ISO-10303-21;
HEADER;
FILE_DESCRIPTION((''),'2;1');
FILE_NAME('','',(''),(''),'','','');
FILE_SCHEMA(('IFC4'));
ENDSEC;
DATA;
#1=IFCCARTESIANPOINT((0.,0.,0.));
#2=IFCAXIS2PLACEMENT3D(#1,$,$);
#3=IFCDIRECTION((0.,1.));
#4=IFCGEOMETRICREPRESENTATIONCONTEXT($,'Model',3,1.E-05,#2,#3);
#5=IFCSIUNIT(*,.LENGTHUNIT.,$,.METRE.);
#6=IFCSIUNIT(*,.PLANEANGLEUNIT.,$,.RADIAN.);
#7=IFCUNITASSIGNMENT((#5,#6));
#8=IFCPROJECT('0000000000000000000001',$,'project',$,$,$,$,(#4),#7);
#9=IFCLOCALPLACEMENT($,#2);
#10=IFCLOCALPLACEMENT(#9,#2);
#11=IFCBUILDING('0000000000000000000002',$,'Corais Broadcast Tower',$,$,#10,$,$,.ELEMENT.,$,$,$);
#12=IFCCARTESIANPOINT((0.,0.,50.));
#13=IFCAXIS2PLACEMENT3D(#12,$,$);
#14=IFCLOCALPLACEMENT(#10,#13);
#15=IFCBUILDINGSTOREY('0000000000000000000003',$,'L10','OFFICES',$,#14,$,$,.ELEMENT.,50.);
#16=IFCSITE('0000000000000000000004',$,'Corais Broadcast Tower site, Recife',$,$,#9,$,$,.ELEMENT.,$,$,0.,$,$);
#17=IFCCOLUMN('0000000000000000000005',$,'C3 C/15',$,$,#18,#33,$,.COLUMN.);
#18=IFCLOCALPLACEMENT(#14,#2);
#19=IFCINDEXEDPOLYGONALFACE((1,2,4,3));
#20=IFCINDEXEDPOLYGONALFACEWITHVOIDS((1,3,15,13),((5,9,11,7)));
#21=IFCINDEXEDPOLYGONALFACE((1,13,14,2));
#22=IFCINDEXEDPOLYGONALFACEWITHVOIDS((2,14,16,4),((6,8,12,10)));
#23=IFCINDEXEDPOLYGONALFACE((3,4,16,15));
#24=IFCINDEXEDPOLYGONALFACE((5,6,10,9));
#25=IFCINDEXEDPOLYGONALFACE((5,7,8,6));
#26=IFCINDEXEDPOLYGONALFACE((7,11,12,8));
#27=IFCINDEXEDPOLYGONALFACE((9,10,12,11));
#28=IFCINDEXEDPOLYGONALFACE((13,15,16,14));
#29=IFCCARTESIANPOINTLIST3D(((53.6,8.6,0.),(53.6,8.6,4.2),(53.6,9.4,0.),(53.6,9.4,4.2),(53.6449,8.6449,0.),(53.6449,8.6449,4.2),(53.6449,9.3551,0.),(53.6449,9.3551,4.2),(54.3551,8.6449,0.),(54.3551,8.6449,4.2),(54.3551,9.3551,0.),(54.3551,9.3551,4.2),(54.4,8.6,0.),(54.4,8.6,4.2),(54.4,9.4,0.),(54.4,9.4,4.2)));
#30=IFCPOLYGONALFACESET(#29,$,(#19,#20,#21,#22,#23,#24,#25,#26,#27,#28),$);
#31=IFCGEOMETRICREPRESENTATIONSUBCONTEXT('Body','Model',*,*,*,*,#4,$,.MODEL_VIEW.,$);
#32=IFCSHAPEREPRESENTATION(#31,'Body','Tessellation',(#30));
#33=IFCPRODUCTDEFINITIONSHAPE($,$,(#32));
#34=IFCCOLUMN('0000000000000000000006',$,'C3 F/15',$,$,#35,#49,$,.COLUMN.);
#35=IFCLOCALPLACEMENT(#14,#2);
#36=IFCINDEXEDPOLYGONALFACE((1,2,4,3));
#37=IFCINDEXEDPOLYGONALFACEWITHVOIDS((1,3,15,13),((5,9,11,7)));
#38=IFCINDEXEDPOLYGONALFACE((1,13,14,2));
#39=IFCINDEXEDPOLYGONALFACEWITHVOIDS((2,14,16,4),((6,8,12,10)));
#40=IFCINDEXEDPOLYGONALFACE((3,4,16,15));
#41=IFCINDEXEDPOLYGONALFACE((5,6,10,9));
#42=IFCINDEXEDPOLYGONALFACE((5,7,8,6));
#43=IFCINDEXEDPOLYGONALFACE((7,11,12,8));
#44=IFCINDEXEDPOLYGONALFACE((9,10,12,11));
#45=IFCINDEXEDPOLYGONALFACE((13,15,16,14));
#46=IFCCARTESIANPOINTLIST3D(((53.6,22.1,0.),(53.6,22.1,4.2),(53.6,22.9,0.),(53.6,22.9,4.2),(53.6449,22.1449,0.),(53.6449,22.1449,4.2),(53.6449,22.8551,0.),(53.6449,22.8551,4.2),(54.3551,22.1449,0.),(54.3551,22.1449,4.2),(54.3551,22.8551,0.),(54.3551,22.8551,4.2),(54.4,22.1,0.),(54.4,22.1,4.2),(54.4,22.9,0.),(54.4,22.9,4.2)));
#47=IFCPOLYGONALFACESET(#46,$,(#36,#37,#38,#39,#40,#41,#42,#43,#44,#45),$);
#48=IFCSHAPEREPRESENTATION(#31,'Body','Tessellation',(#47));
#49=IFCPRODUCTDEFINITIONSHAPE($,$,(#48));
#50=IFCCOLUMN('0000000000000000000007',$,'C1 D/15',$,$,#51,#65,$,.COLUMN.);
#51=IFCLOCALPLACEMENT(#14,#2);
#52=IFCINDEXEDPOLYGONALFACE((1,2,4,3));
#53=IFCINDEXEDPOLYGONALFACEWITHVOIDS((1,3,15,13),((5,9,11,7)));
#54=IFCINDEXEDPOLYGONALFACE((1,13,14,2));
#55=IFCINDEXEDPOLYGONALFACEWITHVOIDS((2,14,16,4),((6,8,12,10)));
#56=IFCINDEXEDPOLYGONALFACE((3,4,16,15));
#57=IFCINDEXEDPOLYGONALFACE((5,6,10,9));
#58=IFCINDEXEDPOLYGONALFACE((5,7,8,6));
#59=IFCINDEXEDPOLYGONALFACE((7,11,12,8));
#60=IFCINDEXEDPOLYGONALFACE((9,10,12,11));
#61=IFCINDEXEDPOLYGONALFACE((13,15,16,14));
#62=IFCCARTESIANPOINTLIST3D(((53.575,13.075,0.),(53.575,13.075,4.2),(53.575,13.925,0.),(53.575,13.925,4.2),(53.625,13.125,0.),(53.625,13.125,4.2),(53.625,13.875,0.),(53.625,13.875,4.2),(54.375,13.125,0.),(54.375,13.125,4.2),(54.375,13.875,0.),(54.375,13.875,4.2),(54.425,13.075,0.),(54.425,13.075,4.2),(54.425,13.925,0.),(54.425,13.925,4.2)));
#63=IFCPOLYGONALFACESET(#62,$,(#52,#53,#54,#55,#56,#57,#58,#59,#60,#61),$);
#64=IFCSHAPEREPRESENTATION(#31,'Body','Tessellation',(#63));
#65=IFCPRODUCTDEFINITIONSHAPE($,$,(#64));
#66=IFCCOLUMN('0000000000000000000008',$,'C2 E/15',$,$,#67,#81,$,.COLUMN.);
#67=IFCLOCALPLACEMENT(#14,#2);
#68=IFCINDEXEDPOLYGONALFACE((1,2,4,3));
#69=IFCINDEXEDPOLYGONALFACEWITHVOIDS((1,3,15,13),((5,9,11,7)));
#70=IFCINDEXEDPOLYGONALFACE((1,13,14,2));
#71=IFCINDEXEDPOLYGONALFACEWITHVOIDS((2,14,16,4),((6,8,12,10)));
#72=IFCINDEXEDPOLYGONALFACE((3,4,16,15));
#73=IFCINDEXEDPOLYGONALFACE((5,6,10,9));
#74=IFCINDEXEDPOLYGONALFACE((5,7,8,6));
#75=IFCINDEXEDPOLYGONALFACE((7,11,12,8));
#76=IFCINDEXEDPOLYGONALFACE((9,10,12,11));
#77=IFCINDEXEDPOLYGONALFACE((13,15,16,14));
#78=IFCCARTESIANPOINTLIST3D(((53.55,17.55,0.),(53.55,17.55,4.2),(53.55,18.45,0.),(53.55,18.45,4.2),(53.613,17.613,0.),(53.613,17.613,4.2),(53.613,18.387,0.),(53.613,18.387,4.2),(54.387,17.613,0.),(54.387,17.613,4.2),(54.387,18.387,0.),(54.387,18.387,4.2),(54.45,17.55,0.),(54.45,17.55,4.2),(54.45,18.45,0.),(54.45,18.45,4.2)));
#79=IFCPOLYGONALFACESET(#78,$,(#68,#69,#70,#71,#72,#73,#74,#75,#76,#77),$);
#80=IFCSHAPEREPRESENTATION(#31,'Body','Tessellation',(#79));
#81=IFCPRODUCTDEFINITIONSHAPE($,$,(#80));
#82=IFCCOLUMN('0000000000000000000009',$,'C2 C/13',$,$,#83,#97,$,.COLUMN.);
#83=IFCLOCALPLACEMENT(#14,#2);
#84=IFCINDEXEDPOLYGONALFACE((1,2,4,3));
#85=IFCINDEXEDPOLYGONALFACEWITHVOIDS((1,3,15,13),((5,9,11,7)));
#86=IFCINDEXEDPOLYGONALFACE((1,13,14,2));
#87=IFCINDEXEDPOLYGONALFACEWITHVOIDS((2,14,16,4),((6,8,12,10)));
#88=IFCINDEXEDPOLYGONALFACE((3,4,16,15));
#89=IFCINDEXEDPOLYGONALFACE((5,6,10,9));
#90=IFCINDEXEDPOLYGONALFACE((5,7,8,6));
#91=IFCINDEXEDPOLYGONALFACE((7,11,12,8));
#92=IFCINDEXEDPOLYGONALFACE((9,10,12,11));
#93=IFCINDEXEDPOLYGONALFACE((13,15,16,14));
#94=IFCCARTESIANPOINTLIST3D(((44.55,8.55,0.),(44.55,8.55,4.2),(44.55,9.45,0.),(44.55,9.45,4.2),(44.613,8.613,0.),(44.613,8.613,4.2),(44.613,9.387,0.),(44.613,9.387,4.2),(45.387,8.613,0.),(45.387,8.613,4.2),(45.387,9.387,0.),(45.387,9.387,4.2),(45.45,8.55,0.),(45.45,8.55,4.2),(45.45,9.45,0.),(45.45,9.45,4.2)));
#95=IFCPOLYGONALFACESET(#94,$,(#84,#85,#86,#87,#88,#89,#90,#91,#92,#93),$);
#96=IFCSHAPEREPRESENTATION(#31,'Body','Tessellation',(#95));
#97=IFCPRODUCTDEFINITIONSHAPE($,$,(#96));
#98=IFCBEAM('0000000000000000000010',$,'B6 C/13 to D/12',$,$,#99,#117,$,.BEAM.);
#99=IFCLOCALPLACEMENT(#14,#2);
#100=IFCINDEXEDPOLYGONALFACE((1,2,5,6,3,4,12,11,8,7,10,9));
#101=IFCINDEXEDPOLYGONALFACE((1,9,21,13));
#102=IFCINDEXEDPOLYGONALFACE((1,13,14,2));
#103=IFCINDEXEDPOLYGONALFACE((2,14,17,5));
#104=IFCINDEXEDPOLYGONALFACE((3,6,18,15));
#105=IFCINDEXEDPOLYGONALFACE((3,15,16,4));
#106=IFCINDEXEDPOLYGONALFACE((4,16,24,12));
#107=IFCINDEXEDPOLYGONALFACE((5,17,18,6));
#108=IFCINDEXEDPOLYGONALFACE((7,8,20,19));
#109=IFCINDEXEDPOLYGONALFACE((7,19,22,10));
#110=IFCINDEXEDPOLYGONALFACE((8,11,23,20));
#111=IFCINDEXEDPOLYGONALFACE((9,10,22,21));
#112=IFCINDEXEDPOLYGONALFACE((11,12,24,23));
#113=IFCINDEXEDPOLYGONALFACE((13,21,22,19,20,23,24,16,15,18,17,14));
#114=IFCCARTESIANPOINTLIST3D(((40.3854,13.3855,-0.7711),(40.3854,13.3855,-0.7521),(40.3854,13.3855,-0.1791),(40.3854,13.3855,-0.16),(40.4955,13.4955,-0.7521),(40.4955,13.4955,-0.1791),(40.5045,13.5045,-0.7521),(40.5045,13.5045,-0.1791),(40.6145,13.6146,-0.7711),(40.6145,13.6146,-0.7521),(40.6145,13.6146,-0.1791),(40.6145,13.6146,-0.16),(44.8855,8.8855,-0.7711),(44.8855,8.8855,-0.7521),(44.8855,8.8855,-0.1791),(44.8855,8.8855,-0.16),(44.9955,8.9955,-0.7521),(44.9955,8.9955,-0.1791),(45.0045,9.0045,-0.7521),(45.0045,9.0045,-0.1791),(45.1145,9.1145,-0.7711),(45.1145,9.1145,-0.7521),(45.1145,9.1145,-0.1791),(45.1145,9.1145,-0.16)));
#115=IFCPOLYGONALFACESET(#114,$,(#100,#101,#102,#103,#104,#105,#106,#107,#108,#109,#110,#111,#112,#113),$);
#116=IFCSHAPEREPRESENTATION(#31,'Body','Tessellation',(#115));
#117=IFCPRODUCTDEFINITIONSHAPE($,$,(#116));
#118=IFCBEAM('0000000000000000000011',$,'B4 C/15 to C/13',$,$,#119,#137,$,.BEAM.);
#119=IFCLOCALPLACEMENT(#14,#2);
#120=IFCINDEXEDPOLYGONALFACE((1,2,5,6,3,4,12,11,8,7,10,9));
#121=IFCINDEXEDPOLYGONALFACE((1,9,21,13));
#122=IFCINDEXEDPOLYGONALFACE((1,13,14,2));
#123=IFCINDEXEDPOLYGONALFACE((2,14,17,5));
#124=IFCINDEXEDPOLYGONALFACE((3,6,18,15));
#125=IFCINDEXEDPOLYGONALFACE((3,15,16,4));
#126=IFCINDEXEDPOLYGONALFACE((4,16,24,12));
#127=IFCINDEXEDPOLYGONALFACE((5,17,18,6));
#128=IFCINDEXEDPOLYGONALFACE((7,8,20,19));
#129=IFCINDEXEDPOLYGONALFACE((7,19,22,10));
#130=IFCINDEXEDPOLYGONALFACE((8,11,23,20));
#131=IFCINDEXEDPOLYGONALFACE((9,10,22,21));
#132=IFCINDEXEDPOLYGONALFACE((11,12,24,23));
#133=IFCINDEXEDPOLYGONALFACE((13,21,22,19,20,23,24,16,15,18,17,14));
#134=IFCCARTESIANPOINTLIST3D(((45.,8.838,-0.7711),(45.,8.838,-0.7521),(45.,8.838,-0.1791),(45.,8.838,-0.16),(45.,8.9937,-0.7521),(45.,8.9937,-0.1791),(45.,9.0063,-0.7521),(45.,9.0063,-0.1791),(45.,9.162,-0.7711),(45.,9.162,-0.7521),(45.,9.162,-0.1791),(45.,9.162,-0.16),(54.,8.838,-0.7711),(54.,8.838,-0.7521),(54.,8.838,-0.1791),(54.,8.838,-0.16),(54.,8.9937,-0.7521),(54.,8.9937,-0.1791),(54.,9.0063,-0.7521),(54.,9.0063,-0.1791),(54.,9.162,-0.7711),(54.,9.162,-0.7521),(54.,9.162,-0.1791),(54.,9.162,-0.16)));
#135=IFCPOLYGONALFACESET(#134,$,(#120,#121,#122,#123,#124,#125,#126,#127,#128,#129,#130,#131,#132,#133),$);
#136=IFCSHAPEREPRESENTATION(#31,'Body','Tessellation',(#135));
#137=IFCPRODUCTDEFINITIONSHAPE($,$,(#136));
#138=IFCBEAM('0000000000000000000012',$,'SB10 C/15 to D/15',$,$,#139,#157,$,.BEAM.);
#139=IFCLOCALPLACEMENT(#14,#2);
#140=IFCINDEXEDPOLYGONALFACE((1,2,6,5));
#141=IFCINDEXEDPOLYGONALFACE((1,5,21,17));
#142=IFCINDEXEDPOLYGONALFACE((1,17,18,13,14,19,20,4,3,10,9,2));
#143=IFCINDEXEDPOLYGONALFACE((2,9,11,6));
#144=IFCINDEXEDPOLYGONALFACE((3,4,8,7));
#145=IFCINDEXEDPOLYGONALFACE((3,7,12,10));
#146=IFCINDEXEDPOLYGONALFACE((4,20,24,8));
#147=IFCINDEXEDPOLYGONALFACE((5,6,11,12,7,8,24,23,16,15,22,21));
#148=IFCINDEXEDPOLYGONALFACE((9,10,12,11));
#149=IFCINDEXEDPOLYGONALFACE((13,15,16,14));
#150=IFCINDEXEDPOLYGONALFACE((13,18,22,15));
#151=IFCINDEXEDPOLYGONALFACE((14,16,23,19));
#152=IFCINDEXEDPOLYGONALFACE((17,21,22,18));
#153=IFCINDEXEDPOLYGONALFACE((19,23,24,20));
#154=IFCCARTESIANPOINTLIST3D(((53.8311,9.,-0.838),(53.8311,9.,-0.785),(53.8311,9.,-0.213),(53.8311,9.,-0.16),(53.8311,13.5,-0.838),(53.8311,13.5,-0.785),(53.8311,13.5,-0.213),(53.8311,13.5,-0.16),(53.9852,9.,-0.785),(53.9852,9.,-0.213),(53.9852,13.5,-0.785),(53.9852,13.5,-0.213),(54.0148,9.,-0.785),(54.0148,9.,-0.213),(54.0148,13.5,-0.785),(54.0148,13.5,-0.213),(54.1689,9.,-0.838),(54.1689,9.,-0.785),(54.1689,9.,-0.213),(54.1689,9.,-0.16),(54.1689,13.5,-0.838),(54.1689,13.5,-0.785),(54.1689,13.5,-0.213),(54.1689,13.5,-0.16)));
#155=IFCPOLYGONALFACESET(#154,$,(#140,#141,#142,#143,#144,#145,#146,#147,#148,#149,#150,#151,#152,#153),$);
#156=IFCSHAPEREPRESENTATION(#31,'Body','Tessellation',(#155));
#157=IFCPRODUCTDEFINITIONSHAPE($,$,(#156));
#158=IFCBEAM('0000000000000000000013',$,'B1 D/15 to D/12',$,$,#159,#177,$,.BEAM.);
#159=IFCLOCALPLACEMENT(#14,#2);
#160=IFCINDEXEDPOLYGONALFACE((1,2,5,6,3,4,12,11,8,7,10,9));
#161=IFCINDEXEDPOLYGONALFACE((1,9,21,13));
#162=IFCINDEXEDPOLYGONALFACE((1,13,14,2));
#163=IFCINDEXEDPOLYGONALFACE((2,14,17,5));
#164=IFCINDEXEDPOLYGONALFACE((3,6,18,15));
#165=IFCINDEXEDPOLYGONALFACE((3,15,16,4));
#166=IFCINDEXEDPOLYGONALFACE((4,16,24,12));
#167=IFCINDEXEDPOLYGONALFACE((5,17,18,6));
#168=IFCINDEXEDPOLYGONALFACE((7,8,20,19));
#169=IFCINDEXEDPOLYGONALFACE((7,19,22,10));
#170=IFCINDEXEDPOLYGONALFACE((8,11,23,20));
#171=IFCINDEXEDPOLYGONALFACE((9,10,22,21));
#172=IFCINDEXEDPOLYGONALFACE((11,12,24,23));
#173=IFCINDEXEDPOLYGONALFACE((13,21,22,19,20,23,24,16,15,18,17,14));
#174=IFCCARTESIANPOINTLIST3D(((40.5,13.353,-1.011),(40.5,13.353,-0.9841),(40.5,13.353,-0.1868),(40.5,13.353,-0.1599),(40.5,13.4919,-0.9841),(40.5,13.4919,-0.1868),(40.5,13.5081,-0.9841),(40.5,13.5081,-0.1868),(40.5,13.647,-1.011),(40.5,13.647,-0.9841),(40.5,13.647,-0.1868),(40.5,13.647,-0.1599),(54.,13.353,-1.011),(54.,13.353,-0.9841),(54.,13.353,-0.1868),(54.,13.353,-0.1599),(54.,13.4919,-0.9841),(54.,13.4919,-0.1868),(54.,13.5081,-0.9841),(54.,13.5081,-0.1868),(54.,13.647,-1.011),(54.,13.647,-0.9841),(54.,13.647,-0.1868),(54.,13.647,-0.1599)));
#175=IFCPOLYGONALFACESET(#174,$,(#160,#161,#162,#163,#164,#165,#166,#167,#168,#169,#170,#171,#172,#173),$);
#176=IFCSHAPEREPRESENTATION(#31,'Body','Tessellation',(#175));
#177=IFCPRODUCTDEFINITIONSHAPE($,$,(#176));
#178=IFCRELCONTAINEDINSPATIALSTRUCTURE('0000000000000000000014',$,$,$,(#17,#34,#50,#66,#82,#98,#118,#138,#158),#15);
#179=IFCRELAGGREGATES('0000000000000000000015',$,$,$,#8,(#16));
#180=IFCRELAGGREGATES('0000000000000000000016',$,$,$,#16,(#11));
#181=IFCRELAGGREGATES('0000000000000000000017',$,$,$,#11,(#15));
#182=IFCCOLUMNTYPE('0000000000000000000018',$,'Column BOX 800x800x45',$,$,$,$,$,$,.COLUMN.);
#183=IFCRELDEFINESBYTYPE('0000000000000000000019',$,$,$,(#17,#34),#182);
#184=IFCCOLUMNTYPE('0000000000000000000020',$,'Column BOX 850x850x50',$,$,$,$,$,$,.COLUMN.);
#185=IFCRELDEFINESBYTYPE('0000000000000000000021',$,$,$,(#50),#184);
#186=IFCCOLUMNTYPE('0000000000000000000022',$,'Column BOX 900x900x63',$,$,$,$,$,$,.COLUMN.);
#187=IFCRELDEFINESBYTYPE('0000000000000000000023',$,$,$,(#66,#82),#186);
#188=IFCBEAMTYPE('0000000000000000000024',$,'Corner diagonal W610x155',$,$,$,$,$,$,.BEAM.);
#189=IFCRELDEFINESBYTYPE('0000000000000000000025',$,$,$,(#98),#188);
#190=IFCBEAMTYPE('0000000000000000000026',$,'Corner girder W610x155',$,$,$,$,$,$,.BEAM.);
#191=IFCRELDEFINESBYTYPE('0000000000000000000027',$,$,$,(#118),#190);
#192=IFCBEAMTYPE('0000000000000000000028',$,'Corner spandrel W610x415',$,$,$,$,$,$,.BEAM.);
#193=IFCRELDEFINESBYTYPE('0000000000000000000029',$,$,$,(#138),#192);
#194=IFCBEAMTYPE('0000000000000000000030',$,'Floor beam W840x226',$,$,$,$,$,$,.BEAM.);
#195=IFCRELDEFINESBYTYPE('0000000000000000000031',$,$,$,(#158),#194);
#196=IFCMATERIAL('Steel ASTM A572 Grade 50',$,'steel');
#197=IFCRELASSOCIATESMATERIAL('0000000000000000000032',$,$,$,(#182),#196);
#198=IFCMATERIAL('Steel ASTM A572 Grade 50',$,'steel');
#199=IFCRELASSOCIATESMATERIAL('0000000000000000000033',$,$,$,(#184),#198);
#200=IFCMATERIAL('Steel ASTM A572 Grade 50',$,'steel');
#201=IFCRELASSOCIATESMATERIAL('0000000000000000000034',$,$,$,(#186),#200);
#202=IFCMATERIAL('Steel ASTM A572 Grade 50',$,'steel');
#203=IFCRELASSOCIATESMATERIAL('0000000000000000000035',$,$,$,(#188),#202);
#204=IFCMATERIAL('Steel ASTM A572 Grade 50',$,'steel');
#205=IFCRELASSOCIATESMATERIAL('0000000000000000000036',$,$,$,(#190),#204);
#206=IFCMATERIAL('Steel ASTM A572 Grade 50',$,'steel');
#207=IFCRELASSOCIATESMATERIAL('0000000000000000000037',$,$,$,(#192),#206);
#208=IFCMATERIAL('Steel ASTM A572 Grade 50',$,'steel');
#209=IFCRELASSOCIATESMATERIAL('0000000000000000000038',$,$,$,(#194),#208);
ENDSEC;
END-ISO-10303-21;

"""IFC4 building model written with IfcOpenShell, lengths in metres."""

from ifc_helpers import new_model, si_unit, direction, frame, origin, origin_2d, place, context, subcontext, project, spatial, hollow_rectangle, i_section, extrude, material, material_profile, profile_set, type_object, element, save


model = new_model("IFC4")

# Units and contexts
model_context = context("Model", 3, precision=1e-05, world=origin(), true_north=direction((0.0, 1.0)))
body_context = subcontext(model_context, "Body", "Model", "MODEL_VIEW")
ifc_project = project(units=[si_unit("LENGTHUNIT", "METRE"), si_unit("PLANEANGLEUNIT", "RADIAN")], contexts=[model_context])

# Site, building, storey
site_placement = place(None, origin())
site = spatial("IfcSite", under=ifc_project, at=site_placement, Name="Corais Broadcast Tower site, Recife", CompositionType="ELEMENT", RefElevation=0.0)
building_placement = place(site_placement, origin())
building = spatial("IfcBuilding", under=site, at=building_placement, Name="Corais Broadcast Tower", CompositionType="ELEMENT")
storey_placement = place(building_placement, frame((0.0, 0.0, 50.0)))
storey = spatial("IfcBuildingStorey", under=building, at=storey_placement, Name="L10", Description="OFFICES", CompositionType="ELEMENT", Elevation=50.0)

# Columns
ifc_material_1 = material(Name="Steel ASTM A572 Grade 50", Category="steel")
ifc_material_profile_1 = material_profile(ifc_material_1, hollow_rectangle(XDim=0.8, YDim=0.8, WallThickness=0.0449, at=origin_2d()), Name="BOX 800x800x45")
ifc_profile_set_1 = profile_set([ifc_material_profile_1], Name="Steel ASTM A572 Grade 50")
column_type_1 = type_object("IfcColumnType", Name="Column BOX 800x800x45", PredefinedType="COLUMN", material=ifc_profile_set_1)
for number, where, z_axis, x_axis, name in (
    (1, (54.0, 9.0, 0.0), (0.0, 0.0, 1.0), (1.0, 0.0, 0.0), "C3 C/15"),
    (2, (54.0, 22.5, 0.0), (0.0, 0.0, 1.0), (1.0, 0.0, 0.0), "C3 F/15"),
):
    element("IfcColumn", number, at=place(storey_placement, frame(where, z_axis=z_axis, x_axis=x_axis)), inside=storey, type_object=column_type_1, Name=name, PredefinedType="COLUMN", context=body_context, shape_type="SweptSolid", body=[
        extrude(hollow_rectangle(XDim=0.8, YDim=0.8, WallThickness=0.0449, at=origin_2d()), origin(), (0.0, 0.0, 1.0), 4.2),
    ])
ifc_material_2 = material(Name="Steel ASTM A572 Grade 50", Category="steel")
ifc_material_profile_2 = material_profile(ifc_material_2, hollow_rectangle(XDim=0.8501, YDim=0.8501, WallThickness=0.05, at=origin_2d()), Name="BOX 850x850x50")
ifc_profile_set_2 = profile_set([ifc_material_profile_2], Name="Steel ASTM A572 Grade 50")
column_type_2 = type_object("IfcColumnType", Name="Column BOX 850x850x50", PredefinedType="COLUMN", material=ifc_profile_set_2)
column_placement = place(storey_placement, frame((54.0, 13.5, 0.0), z_axis=(0.0, 0.0, 1.0), x_axis=(1.0, 0.0, 0.0)))
element("IfcColumn", 3, at=column_placement, inside=storey, type_object=column_type_2, Name="C1 D/15", PredefinedType="COLUMN", context=body_context, shape_type="SweptSolid", body=[
    extrude(hollow_rectangle(XDim=0.8501, YDim=0.8501, WallThickness=0.05, at=origin_2d()), origin(), (0.0, 0.0, 1.0), 4.2),
])
ifc_material_3 = material(Name="Steel ASTM A572 Grade 50", Category="steel")
ifc_material_profile_3 = material_profile(ifc_material_3, hollow_rectangle(XDim=0.8999, YDim=0.8999, WallThickness=0.063, at=origin_2d()), Name="BOX 900x900x63")
ifc_profile_set_3 = profile_set([ifc_material_profile_3], Name="Steel ASTM A572 Grade 50")
column_type_3 = type_object("IfcColumnType", Name="Column BOX 900x900x63", PredefinedType="COLUMN", material=ifc_profile_set_3)
for number, where, z_axis, x_axis, name in (
    (4, (54.0, 18.0, 0.0), (0.0, 0.0, 1.0), (1.0, 0.0, 0.0), "C2 E/15"),
    (5, (45.0, 9.0, 0.0), (0.0, 0.0, 1.0), (1.0, 0.0, 0.0), "C2 C/13"),
):
    element("IfcColumn", number, at=place(storey_placement, frame(where, z_axis=z_axis, x_axis=x_axis)), inside=storey, type_object=column_type_3, Name=name, PredefinedType="COLUMN", context=body_context, shape_type="SweptSolid", body=[
        extrude(hollow_rectangle(XDim=0.8999, YDim=0.8999, WallThickness=0.063, at=origin_2d()), origin(), (0.0, 0.0, 1.0), 4.2),
    ])

# Beams
ifc_material_4 = material(Name="Steel ASTM A572 Grade 50", Category="steel")
ifc_material_profile_4 = material_profile(ifc_material_4, i_section(OverallWidth=0.324, OverallDepth=0.6111, WebThickness=0.0127, FlangeThickness=0.019, at=origin_2d()), Name="W610x155")
ifc_profile_set_4 = profile_set([ifc_material_profile_4], Name="Steel ASTM A572 Grade 50")
beam_type_1 = type_object("IfcBeamType", Name="Corner diagonal W610x155", PredefinedType="BEAM", material=ifc_profile_set_4)
beam_1_placement = place(storey_placement, frame((45.0, 9.0, -0.4656), z_axis=(-0.707107, 0.707107, 0.0), x_axis=(-0.707107, -0.707107, 0.0)))
element("IfcBeam", 6, at=beam_1_placement, inside=storey, type_object=beam_type_1, Name="B6 C/13 to D/12", PredefinedType="BEAM", context=body_context, shape_type="SweptSolid", body=[
    extrude(i_section(OverallWidth=0.324, OverallDepth=0.6111, WebThickness=0.0127, FlangeThickness=0.019, at=origin_2d()), origin(), (0.0, 0.0, 1.0), 6.364),
])
ifc_material_5 = material(Name="Steel ASTM A572 Grade 50", Category="steel")
ifc_material_profile_5 = material_profile(ifc_material_5, i_section(OverallWidth=0.324, OverallDepth=0.6111, WebThickness=0.0127, FlangeThickness=0.019, at=origin_2d()), Name="W610x155")
ifc_profile_set_5 = profile_set([ifc_material_profile_5], Name="Steel ASTM A572 Grade 50")
beam_type_2 = type_object("IfcBeamType", Name="Corner girder W610x155", PredefinedType="BEAM", material=ifc_profile_set_5)
beam_2_placement = place(storey_placement, frame((54.0, 9.0, -0.4656), z_axis=(-1.0, 0.0, 0.0), x_axis=(0.0, -1.0, 0.0)))
element("IfcBeam", 7, at=beam_2_placement, inside=storey, type_object=beam_type_2, Name="B4 C/15 to C/13", PredefinedType="BEAM", context=body_context, shape_type="SweptSolid", body=[
    extrude(i_section(OverallWidth=0.324, OverallDepth=0.6111, WebThickness=0.0127, FlangeThickness=0.019, at=origin_2d()), origin(), (0.0, 0.0, 1.0), 9.0),
])
ifc_material_6 = material(Name="Steel ASTM A572 Grade 50", Category="steel")
ifc_material_profile_6 = material_profile(ifc_material_6, i_section(OverallWidth=0.3379, OverallDepth=0.678, WebThickness=0.0295, FlangeThickness=0.053, at=origin_2d()), Name="W610x415")
ifc_profile_set_6 = profile_set([ifc_material_profile_6], Name="Steel ASTM A572 Grade 50")
beam_type_3 = type_object("IfcBeamType", Name="Corner spandrel W610x415", PredefinedType="BEAM", material=ifc_profile_set_6)
beam_3_placement = place(storey_placement, frame((54.0, 9.0, -0.499), z_axis=(0.0, 1.0, 0.0), x_axis=(-1.0, 0.0, 0.0)))
element("IfcBeam", 8, at=beam_3_placement, inside=storey, type_object=beam_type_3, Name="SB10 C/15 to D/15", PredefinedType="BEAM", context=body_context, shape_type="SweptSolid", body=[
    extrude(i_section(OverallWidth=0.3379, OverallDepth=0.678, WebThickness=0.0295, FlangeThickness=0.053, at=origin_2d()), origin(), (0.0, 0.0, 1.0), 4.5),
])
ifc_material_7 = material(Name="Steel ASTM A572 Grade 50", Category="steel")
ifc_material_profile_7 = material_profile(ifc_material_7, i_section(OverallWidth=0.2939, OverallDepth=0.8511, WebThickness=0.0161, FlangeThickness=0.0269, at=origin_2d()), Name="W840x226")
ifc_profile_set_7 = profile_set([ifc_material_profile_7], Name="Steel ASTM A572 Grade 50")
beam_type_4 = type_object("IfcBeamType", Name="Floor beam W840x226", PredefinedType="BEAM", material=ifc_profile_set_7)
for number, where, z_axis, x_axis, name in (
    (9, (54.0, 13.5, -0.5854), (-1.0, 0.0, 0.0), (0.0, -1.0, 0.0), "B1 D/15 to D/12"),
):
    element("IfcBeam", number, at=place(storey_placement, frame(where, z_axis=z_axis, x_axis=x_axis)), inside=storey, type_object=beam_type_4, Name=name, PredefinedType="BEAM", context=body_context, shape_type="SweptSolid", body=[
        extrude(i_section(OverallWidth=0.2939, OverallDepth=0.8511, WebThickness=0.0161, FlangeThickness=0.0269, at=origin_2d()), origin(), (0.0, 0.0, 1.0), 13.5),
    ])

save(model, "model.ifc")
